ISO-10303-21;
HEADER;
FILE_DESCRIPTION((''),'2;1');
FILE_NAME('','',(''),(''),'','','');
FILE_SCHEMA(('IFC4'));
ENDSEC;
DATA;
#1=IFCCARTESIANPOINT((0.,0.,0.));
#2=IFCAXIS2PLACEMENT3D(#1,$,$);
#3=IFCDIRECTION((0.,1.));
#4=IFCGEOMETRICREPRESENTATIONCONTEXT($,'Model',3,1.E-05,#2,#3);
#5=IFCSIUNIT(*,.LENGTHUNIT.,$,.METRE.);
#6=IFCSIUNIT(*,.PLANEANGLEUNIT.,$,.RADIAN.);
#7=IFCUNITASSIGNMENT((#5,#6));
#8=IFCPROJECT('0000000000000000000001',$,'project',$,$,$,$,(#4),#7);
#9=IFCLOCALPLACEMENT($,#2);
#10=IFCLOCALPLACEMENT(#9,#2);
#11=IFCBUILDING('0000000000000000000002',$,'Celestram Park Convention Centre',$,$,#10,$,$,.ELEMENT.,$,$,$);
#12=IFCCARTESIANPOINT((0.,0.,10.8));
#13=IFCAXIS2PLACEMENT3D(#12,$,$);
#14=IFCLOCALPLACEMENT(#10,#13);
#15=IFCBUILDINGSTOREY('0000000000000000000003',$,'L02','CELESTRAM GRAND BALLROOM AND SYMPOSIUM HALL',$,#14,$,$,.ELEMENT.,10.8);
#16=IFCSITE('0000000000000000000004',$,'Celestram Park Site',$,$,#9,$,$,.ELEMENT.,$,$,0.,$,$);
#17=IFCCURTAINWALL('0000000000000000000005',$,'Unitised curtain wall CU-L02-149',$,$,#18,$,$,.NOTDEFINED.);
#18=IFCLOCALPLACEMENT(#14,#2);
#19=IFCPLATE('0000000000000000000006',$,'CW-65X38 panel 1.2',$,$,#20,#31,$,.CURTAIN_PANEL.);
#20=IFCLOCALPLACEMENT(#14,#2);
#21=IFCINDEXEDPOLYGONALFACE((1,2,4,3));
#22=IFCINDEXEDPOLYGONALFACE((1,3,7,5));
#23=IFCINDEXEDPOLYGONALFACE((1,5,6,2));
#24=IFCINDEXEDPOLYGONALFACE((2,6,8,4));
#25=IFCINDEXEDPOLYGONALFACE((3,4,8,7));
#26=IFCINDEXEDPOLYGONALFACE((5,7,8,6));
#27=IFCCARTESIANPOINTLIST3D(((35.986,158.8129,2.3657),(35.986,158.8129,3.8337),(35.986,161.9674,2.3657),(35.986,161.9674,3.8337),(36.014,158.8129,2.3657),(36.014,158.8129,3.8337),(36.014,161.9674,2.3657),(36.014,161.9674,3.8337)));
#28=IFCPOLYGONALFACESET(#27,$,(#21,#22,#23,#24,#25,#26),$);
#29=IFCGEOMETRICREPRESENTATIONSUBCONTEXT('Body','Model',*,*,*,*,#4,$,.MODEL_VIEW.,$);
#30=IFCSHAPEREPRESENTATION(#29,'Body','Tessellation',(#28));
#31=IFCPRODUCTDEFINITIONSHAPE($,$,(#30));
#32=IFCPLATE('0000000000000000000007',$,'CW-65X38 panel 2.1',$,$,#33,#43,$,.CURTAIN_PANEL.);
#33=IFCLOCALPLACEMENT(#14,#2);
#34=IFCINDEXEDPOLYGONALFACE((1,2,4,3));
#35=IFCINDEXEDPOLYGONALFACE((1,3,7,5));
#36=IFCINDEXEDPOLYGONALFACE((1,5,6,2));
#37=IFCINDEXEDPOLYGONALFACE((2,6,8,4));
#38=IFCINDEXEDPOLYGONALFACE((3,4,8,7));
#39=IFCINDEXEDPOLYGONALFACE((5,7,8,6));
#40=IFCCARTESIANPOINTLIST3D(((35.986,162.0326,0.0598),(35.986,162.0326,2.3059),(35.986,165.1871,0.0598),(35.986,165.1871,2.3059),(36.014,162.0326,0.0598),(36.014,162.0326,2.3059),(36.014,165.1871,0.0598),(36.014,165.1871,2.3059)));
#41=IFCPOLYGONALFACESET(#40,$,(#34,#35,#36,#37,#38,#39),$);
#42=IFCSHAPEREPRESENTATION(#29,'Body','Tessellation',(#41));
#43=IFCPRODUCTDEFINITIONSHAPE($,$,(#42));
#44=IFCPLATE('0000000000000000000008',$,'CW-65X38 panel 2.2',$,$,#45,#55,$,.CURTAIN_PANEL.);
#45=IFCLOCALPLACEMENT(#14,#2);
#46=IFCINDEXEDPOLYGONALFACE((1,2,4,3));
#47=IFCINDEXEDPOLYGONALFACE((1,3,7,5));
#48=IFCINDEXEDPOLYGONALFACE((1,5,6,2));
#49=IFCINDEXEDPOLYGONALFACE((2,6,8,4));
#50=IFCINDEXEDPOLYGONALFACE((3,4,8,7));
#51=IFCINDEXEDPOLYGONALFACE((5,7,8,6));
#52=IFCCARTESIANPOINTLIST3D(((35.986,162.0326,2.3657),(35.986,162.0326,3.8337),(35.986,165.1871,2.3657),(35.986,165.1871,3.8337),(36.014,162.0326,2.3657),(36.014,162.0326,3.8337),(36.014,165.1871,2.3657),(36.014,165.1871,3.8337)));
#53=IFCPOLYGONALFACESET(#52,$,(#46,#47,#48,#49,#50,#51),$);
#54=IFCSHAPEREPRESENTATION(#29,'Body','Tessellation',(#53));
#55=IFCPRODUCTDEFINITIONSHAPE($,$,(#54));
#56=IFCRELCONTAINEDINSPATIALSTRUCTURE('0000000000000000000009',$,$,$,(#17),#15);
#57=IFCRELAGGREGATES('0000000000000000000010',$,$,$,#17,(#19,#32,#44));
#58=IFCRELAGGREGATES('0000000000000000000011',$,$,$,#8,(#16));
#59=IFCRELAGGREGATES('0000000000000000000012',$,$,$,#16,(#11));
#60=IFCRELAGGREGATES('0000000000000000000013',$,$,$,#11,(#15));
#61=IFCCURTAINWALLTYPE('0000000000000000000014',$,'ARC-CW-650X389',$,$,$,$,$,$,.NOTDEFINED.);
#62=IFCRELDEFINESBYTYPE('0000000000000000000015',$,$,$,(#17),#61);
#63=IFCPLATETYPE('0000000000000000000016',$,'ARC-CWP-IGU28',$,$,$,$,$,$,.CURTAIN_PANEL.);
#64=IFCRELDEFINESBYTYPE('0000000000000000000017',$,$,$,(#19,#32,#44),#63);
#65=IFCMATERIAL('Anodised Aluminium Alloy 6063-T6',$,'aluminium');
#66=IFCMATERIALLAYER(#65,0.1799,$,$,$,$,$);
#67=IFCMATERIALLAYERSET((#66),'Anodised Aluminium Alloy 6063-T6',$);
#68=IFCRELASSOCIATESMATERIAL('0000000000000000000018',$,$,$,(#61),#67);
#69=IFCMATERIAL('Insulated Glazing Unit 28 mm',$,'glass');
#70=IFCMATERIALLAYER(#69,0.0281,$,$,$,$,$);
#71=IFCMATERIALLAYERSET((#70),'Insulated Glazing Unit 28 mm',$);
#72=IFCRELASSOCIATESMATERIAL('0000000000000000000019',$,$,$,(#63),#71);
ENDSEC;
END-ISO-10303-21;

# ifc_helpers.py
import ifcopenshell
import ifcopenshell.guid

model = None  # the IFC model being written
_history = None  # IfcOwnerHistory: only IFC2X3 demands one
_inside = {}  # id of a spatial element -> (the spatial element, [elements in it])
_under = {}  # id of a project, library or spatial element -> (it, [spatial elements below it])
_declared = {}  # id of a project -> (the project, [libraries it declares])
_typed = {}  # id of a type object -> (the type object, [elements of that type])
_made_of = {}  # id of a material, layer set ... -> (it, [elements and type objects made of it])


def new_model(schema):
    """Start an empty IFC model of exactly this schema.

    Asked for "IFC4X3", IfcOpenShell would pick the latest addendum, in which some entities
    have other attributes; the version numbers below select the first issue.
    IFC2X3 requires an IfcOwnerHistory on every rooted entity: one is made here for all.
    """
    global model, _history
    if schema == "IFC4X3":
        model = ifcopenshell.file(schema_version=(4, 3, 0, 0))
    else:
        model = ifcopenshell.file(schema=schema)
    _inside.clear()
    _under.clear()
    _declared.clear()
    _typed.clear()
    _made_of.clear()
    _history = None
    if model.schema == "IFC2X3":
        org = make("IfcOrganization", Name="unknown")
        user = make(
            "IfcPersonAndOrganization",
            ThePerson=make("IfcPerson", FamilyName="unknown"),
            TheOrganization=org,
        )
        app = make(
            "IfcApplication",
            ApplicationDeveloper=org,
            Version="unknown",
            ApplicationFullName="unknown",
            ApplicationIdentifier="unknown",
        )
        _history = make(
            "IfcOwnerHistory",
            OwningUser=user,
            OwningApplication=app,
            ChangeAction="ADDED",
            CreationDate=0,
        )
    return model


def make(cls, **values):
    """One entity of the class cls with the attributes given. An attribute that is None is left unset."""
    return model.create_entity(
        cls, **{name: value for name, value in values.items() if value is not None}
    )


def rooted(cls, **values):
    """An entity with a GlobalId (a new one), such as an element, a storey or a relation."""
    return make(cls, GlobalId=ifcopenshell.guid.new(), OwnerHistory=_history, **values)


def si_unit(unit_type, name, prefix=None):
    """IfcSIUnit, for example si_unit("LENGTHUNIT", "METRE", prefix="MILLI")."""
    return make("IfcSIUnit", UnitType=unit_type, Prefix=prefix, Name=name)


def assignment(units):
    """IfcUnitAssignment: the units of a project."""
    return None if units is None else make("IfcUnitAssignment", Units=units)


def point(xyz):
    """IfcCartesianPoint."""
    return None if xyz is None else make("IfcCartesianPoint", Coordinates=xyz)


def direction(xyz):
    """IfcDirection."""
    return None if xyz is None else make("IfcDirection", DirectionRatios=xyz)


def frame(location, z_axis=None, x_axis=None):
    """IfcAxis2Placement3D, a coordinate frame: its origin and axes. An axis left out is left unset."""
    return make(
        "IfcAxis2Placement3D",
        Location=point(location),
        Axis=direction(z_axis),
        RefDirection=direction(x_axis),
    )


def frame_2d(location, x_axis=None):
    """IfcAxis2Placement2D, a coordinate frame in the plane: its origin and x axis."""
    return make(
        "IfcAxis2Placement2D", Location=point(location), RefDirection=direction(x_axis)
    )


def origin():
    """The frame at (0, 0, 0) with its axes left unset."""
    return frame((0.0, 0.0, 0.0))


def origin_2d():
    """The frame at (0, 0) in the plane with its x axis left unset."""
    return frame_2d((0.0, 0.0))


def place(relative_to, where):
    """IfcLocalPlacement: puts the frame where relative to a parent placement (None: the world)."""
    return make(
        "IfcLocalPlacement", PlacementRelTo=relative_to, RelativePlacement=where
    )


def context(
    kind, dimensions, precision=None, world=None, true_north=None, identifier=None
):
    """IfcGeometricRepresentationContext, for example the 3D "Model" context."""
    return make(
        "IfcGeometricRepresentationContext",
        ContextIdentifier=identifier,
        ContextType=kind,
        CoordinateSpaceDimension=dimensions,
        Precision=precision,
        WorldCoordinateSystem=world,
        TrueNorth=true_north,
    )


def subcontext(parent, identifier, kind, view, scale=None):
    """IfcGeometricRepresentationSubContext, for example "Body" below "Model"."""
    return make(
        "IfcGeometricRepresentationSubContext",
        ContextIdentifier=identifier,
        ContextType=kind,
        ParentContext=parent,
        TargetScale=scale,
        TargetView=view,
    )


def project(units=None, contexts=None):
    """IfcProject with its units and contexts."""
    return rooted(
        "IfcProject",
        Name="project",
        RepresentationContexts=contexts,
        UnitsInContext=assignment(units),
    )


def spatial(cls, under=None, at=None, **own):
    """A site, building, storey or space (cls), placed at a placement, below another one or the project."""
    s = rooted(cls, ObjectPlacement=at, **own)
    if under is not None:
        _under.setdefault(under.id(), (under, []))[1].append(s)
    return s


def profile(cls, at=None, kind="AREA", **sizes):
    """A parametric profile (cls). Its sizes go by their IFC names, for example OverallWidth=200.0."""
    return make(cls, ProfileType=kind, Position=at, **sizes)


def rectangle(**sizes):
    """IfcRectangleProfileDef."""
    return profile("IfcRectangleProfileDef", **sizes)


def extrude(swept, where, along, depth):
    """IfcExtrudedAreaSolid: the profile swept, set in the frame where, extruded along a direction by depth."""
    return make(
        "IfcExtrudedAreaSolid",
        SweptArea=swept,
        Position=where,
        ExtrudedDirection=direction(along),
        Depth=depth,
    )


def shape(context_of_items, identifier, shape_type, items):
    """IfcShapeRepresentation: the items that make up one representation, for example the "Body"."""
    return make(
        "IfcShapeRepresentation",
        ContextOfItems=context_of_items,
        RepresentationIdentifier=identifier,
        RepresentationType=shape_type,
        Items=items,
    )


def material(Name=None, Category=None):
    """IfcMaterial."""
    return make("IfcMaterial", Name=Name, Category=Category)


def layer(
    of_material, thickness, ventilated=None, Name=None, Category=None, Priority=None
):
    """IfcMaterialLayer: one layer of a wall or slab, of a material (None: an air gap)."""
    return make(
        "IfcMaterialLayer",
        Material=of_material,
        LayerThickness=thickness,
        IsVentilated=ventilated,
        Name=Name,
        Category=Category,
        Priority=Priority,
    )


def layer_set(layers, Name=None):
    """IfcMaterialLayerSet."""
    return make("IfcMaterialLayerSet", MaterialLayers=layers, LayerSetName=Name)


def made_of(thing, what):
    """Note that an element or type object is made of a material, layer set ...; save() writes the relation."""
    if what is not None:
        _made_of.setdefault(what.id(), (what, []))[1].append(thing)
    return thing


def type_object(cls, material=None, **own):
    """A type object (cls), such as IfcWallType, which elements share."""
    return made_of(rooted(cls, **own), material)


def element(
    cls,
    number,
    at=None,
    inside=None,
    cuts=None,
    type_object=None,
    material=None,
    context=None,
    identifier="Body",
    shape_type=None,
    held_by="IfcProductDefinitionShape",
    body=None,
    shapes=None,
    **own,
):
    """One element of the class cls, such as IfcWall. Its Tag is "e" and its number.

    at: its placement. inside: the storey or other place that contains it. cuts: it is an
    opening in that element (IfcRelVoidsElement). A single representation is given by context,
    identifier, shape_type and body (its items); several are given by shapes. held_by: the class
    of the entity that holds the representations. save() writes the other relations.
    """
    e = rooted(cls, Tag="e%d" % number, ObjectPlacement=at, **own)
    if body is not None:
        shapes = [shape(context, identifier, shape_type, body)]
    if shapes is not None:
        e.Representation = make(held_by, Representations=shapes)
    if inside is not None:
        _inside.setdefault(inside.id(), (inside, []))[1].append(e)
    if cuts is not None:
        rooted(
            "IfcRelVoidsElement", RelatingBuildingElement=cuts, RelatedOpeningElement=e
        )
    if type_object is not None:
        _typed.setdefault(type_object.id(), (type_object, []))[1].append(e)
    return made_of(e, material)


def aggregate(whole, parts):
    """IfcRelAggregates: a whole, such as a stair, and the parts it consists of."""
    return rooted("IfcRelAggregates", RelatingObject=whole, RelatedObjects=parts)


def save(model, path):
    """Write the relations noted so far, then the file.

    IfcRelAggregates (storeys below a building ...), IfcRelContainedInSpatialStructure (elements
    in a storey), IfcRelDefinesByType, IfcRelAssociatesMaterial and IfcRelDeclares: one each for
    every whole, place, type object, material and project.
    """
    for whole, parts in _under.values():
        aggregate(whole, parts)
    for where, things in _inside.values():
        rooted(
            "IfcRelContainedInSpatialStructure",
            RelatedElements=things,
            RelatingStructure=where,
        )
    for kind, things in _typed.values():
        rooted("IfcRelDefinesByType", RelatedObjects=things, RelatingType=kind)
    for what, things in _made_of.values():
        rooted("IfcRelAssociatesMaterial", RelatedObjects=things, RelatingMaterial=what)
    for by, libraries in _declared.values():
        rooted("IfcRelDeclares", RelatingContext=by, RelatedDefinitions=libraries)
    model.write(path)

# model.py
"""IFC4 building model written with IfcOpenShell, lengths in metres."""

from ifc_helpers import new_model, si_unit, direction, frame, origin, origin_2d, place, context, subcontext, project, spatial, rectangle, extrude, material, layer, layer_set, type_object, element, aggregate, save


model = new_model("IFC4")

# Units and contexts
model_context = context("Model", 3, precision=1e-05, world=origin(), true_north=direction((0.0, 1.0)))
body_context = subcontext(model_context, "Body", "Model", "MODEL_VIEW")
ifc_project = project(units=[si_unit("LENGTHUNIT", "METRE"), si_unit("PLANEANGLEUNIT", "RADIAN")], contexts=[model_context])

# Site, building, storey
site_placement = place(None, origin())
site = spatial("IfcSite", under=ifc_project, at=site_placement, Name="Celestram Park Site", CompositionType="ELEMENT", RefElevation=0.0)
building_placement = place(site_placement, origin())
building = spatial("IfcBuilding", under=site, at=building_placement, Name="Celestram Park Convention Centre", CompositionType="ELEMENT")
storey_placement = place(building_placement, frame((0.0, 0.0, 10.8)))
storey = spatial("IfcBuildingStorey", under=building, at=storey_placement, Name="L02", Description="CELESTRAM GRAND BALLROOM AND SYMPOSIUM HALL", CompositionType="ELEMENT", Elevation=10.8)

# Curtain wall
ifc_material_1 = material(Name="Anodised Aluminium Alloy 6063-T6", Category="aluminium")
ifc_layer_1 = layer(ifc_material_1, 0.1799)
ifc_layer_set_1 = layer_set([ifc_layer_1], Name="Anodised Aluminium Alloy 6063-T6")
curtain_wall_type_1 = type_object("IfcCurtainWallType", Name="ARC-CW-650X389", PredefinedType="NOTDEFINED", material=ifc_layer_set_1)
curtain_wall_1_placement = place(storey_placement, origin())
curtain_wall_1 = element("IfcCurtainWall", 1, at=curtain_wall_1_placement, inside=storey, type_object=curtain_wall_type_1, Name="Unitised curtain wall CU-L02-149", PredefinedType="NOTDEFINED")

# Plates
ifc_material_2 = material(Name="Insulated Glazing Unit 28 mm", Category="glass")
ifc_layer_2 = layer(ifc_material_2, 0.0281)
ifc_layer_set_2 = layer_set([ifc_layer_2], Name="Insulated Glazing Unit 28 mm")
plate_type = type_object("IfcPlateType", Name="ARC-CWP-IGU28", PredefinedType="CURTAIN_PANEL", material=ifc_layer_set_2)
plate_1_placement = place(storey_placement, frame((36.0, 160.3901, 2.3657), z_axis=(0.0, 0.0, 1.0), x_axis=(0.0, 1.0, 0.0)))
plate_1 = element("IfcPlate", 2, at=plate_1_placement, type_object=plate_type, Name="CW-65X38 panel 1.2", PredefinedType="CURTAIN_PANEL", context=body_context, shape_type="SweptSolid", body=[
    extrude(rectangle(XDim=3.1545, YDim=0.0281, at=origin_2d()), origin(), (0.0, 0.0, 1.0), 1.468),
])
plate_2_placement = place(storey_placement, frame((36.0, 163.6099, 0.0598), z_axis=(0.0, 0.0, 1.0), x_axis=(0.0, 1.0, 0.0)))
plate_2 = element("IfcPlate", 3, at=plate_2_placement, type_object=plate_type, Name="CW-65X38 panel 2.1", PredefinedType="CURTAIN_PANEL", context=body_context, shape_type="SweptSolid", body=[
    extrude(rectangle(XDim=3.1545, YDim=0.0281, at=origin_2d()), origin(), (0.0, 0.0, 1.0), 2.2461),
])
plate_3_placement = place(storey_placement, frame((36.0, 163.6099, 2.3657), z_axis=(0.0, 0.0, 1.0), x_axis=(0.0, 1.0, 0.0)))
plate_3 = element("IfcPlate", 4, at=plate_3_placement, type_object=plate_type, Name="CW-65X38 panel 2.2", PredefinedType="CURTAIN_PANEL", context=body_context, shape_type="SweptSolid", body=[
    extrude(rectangle(XDim=3.1545, YDim=0.0281, at=origin_2d()), origin(), (0.0, 0.0, 1.0), 1.468),
])
aggregate(curtain_wall_1, [plate_1, plate_2, plate_3])

save(model, "model.ifc")
